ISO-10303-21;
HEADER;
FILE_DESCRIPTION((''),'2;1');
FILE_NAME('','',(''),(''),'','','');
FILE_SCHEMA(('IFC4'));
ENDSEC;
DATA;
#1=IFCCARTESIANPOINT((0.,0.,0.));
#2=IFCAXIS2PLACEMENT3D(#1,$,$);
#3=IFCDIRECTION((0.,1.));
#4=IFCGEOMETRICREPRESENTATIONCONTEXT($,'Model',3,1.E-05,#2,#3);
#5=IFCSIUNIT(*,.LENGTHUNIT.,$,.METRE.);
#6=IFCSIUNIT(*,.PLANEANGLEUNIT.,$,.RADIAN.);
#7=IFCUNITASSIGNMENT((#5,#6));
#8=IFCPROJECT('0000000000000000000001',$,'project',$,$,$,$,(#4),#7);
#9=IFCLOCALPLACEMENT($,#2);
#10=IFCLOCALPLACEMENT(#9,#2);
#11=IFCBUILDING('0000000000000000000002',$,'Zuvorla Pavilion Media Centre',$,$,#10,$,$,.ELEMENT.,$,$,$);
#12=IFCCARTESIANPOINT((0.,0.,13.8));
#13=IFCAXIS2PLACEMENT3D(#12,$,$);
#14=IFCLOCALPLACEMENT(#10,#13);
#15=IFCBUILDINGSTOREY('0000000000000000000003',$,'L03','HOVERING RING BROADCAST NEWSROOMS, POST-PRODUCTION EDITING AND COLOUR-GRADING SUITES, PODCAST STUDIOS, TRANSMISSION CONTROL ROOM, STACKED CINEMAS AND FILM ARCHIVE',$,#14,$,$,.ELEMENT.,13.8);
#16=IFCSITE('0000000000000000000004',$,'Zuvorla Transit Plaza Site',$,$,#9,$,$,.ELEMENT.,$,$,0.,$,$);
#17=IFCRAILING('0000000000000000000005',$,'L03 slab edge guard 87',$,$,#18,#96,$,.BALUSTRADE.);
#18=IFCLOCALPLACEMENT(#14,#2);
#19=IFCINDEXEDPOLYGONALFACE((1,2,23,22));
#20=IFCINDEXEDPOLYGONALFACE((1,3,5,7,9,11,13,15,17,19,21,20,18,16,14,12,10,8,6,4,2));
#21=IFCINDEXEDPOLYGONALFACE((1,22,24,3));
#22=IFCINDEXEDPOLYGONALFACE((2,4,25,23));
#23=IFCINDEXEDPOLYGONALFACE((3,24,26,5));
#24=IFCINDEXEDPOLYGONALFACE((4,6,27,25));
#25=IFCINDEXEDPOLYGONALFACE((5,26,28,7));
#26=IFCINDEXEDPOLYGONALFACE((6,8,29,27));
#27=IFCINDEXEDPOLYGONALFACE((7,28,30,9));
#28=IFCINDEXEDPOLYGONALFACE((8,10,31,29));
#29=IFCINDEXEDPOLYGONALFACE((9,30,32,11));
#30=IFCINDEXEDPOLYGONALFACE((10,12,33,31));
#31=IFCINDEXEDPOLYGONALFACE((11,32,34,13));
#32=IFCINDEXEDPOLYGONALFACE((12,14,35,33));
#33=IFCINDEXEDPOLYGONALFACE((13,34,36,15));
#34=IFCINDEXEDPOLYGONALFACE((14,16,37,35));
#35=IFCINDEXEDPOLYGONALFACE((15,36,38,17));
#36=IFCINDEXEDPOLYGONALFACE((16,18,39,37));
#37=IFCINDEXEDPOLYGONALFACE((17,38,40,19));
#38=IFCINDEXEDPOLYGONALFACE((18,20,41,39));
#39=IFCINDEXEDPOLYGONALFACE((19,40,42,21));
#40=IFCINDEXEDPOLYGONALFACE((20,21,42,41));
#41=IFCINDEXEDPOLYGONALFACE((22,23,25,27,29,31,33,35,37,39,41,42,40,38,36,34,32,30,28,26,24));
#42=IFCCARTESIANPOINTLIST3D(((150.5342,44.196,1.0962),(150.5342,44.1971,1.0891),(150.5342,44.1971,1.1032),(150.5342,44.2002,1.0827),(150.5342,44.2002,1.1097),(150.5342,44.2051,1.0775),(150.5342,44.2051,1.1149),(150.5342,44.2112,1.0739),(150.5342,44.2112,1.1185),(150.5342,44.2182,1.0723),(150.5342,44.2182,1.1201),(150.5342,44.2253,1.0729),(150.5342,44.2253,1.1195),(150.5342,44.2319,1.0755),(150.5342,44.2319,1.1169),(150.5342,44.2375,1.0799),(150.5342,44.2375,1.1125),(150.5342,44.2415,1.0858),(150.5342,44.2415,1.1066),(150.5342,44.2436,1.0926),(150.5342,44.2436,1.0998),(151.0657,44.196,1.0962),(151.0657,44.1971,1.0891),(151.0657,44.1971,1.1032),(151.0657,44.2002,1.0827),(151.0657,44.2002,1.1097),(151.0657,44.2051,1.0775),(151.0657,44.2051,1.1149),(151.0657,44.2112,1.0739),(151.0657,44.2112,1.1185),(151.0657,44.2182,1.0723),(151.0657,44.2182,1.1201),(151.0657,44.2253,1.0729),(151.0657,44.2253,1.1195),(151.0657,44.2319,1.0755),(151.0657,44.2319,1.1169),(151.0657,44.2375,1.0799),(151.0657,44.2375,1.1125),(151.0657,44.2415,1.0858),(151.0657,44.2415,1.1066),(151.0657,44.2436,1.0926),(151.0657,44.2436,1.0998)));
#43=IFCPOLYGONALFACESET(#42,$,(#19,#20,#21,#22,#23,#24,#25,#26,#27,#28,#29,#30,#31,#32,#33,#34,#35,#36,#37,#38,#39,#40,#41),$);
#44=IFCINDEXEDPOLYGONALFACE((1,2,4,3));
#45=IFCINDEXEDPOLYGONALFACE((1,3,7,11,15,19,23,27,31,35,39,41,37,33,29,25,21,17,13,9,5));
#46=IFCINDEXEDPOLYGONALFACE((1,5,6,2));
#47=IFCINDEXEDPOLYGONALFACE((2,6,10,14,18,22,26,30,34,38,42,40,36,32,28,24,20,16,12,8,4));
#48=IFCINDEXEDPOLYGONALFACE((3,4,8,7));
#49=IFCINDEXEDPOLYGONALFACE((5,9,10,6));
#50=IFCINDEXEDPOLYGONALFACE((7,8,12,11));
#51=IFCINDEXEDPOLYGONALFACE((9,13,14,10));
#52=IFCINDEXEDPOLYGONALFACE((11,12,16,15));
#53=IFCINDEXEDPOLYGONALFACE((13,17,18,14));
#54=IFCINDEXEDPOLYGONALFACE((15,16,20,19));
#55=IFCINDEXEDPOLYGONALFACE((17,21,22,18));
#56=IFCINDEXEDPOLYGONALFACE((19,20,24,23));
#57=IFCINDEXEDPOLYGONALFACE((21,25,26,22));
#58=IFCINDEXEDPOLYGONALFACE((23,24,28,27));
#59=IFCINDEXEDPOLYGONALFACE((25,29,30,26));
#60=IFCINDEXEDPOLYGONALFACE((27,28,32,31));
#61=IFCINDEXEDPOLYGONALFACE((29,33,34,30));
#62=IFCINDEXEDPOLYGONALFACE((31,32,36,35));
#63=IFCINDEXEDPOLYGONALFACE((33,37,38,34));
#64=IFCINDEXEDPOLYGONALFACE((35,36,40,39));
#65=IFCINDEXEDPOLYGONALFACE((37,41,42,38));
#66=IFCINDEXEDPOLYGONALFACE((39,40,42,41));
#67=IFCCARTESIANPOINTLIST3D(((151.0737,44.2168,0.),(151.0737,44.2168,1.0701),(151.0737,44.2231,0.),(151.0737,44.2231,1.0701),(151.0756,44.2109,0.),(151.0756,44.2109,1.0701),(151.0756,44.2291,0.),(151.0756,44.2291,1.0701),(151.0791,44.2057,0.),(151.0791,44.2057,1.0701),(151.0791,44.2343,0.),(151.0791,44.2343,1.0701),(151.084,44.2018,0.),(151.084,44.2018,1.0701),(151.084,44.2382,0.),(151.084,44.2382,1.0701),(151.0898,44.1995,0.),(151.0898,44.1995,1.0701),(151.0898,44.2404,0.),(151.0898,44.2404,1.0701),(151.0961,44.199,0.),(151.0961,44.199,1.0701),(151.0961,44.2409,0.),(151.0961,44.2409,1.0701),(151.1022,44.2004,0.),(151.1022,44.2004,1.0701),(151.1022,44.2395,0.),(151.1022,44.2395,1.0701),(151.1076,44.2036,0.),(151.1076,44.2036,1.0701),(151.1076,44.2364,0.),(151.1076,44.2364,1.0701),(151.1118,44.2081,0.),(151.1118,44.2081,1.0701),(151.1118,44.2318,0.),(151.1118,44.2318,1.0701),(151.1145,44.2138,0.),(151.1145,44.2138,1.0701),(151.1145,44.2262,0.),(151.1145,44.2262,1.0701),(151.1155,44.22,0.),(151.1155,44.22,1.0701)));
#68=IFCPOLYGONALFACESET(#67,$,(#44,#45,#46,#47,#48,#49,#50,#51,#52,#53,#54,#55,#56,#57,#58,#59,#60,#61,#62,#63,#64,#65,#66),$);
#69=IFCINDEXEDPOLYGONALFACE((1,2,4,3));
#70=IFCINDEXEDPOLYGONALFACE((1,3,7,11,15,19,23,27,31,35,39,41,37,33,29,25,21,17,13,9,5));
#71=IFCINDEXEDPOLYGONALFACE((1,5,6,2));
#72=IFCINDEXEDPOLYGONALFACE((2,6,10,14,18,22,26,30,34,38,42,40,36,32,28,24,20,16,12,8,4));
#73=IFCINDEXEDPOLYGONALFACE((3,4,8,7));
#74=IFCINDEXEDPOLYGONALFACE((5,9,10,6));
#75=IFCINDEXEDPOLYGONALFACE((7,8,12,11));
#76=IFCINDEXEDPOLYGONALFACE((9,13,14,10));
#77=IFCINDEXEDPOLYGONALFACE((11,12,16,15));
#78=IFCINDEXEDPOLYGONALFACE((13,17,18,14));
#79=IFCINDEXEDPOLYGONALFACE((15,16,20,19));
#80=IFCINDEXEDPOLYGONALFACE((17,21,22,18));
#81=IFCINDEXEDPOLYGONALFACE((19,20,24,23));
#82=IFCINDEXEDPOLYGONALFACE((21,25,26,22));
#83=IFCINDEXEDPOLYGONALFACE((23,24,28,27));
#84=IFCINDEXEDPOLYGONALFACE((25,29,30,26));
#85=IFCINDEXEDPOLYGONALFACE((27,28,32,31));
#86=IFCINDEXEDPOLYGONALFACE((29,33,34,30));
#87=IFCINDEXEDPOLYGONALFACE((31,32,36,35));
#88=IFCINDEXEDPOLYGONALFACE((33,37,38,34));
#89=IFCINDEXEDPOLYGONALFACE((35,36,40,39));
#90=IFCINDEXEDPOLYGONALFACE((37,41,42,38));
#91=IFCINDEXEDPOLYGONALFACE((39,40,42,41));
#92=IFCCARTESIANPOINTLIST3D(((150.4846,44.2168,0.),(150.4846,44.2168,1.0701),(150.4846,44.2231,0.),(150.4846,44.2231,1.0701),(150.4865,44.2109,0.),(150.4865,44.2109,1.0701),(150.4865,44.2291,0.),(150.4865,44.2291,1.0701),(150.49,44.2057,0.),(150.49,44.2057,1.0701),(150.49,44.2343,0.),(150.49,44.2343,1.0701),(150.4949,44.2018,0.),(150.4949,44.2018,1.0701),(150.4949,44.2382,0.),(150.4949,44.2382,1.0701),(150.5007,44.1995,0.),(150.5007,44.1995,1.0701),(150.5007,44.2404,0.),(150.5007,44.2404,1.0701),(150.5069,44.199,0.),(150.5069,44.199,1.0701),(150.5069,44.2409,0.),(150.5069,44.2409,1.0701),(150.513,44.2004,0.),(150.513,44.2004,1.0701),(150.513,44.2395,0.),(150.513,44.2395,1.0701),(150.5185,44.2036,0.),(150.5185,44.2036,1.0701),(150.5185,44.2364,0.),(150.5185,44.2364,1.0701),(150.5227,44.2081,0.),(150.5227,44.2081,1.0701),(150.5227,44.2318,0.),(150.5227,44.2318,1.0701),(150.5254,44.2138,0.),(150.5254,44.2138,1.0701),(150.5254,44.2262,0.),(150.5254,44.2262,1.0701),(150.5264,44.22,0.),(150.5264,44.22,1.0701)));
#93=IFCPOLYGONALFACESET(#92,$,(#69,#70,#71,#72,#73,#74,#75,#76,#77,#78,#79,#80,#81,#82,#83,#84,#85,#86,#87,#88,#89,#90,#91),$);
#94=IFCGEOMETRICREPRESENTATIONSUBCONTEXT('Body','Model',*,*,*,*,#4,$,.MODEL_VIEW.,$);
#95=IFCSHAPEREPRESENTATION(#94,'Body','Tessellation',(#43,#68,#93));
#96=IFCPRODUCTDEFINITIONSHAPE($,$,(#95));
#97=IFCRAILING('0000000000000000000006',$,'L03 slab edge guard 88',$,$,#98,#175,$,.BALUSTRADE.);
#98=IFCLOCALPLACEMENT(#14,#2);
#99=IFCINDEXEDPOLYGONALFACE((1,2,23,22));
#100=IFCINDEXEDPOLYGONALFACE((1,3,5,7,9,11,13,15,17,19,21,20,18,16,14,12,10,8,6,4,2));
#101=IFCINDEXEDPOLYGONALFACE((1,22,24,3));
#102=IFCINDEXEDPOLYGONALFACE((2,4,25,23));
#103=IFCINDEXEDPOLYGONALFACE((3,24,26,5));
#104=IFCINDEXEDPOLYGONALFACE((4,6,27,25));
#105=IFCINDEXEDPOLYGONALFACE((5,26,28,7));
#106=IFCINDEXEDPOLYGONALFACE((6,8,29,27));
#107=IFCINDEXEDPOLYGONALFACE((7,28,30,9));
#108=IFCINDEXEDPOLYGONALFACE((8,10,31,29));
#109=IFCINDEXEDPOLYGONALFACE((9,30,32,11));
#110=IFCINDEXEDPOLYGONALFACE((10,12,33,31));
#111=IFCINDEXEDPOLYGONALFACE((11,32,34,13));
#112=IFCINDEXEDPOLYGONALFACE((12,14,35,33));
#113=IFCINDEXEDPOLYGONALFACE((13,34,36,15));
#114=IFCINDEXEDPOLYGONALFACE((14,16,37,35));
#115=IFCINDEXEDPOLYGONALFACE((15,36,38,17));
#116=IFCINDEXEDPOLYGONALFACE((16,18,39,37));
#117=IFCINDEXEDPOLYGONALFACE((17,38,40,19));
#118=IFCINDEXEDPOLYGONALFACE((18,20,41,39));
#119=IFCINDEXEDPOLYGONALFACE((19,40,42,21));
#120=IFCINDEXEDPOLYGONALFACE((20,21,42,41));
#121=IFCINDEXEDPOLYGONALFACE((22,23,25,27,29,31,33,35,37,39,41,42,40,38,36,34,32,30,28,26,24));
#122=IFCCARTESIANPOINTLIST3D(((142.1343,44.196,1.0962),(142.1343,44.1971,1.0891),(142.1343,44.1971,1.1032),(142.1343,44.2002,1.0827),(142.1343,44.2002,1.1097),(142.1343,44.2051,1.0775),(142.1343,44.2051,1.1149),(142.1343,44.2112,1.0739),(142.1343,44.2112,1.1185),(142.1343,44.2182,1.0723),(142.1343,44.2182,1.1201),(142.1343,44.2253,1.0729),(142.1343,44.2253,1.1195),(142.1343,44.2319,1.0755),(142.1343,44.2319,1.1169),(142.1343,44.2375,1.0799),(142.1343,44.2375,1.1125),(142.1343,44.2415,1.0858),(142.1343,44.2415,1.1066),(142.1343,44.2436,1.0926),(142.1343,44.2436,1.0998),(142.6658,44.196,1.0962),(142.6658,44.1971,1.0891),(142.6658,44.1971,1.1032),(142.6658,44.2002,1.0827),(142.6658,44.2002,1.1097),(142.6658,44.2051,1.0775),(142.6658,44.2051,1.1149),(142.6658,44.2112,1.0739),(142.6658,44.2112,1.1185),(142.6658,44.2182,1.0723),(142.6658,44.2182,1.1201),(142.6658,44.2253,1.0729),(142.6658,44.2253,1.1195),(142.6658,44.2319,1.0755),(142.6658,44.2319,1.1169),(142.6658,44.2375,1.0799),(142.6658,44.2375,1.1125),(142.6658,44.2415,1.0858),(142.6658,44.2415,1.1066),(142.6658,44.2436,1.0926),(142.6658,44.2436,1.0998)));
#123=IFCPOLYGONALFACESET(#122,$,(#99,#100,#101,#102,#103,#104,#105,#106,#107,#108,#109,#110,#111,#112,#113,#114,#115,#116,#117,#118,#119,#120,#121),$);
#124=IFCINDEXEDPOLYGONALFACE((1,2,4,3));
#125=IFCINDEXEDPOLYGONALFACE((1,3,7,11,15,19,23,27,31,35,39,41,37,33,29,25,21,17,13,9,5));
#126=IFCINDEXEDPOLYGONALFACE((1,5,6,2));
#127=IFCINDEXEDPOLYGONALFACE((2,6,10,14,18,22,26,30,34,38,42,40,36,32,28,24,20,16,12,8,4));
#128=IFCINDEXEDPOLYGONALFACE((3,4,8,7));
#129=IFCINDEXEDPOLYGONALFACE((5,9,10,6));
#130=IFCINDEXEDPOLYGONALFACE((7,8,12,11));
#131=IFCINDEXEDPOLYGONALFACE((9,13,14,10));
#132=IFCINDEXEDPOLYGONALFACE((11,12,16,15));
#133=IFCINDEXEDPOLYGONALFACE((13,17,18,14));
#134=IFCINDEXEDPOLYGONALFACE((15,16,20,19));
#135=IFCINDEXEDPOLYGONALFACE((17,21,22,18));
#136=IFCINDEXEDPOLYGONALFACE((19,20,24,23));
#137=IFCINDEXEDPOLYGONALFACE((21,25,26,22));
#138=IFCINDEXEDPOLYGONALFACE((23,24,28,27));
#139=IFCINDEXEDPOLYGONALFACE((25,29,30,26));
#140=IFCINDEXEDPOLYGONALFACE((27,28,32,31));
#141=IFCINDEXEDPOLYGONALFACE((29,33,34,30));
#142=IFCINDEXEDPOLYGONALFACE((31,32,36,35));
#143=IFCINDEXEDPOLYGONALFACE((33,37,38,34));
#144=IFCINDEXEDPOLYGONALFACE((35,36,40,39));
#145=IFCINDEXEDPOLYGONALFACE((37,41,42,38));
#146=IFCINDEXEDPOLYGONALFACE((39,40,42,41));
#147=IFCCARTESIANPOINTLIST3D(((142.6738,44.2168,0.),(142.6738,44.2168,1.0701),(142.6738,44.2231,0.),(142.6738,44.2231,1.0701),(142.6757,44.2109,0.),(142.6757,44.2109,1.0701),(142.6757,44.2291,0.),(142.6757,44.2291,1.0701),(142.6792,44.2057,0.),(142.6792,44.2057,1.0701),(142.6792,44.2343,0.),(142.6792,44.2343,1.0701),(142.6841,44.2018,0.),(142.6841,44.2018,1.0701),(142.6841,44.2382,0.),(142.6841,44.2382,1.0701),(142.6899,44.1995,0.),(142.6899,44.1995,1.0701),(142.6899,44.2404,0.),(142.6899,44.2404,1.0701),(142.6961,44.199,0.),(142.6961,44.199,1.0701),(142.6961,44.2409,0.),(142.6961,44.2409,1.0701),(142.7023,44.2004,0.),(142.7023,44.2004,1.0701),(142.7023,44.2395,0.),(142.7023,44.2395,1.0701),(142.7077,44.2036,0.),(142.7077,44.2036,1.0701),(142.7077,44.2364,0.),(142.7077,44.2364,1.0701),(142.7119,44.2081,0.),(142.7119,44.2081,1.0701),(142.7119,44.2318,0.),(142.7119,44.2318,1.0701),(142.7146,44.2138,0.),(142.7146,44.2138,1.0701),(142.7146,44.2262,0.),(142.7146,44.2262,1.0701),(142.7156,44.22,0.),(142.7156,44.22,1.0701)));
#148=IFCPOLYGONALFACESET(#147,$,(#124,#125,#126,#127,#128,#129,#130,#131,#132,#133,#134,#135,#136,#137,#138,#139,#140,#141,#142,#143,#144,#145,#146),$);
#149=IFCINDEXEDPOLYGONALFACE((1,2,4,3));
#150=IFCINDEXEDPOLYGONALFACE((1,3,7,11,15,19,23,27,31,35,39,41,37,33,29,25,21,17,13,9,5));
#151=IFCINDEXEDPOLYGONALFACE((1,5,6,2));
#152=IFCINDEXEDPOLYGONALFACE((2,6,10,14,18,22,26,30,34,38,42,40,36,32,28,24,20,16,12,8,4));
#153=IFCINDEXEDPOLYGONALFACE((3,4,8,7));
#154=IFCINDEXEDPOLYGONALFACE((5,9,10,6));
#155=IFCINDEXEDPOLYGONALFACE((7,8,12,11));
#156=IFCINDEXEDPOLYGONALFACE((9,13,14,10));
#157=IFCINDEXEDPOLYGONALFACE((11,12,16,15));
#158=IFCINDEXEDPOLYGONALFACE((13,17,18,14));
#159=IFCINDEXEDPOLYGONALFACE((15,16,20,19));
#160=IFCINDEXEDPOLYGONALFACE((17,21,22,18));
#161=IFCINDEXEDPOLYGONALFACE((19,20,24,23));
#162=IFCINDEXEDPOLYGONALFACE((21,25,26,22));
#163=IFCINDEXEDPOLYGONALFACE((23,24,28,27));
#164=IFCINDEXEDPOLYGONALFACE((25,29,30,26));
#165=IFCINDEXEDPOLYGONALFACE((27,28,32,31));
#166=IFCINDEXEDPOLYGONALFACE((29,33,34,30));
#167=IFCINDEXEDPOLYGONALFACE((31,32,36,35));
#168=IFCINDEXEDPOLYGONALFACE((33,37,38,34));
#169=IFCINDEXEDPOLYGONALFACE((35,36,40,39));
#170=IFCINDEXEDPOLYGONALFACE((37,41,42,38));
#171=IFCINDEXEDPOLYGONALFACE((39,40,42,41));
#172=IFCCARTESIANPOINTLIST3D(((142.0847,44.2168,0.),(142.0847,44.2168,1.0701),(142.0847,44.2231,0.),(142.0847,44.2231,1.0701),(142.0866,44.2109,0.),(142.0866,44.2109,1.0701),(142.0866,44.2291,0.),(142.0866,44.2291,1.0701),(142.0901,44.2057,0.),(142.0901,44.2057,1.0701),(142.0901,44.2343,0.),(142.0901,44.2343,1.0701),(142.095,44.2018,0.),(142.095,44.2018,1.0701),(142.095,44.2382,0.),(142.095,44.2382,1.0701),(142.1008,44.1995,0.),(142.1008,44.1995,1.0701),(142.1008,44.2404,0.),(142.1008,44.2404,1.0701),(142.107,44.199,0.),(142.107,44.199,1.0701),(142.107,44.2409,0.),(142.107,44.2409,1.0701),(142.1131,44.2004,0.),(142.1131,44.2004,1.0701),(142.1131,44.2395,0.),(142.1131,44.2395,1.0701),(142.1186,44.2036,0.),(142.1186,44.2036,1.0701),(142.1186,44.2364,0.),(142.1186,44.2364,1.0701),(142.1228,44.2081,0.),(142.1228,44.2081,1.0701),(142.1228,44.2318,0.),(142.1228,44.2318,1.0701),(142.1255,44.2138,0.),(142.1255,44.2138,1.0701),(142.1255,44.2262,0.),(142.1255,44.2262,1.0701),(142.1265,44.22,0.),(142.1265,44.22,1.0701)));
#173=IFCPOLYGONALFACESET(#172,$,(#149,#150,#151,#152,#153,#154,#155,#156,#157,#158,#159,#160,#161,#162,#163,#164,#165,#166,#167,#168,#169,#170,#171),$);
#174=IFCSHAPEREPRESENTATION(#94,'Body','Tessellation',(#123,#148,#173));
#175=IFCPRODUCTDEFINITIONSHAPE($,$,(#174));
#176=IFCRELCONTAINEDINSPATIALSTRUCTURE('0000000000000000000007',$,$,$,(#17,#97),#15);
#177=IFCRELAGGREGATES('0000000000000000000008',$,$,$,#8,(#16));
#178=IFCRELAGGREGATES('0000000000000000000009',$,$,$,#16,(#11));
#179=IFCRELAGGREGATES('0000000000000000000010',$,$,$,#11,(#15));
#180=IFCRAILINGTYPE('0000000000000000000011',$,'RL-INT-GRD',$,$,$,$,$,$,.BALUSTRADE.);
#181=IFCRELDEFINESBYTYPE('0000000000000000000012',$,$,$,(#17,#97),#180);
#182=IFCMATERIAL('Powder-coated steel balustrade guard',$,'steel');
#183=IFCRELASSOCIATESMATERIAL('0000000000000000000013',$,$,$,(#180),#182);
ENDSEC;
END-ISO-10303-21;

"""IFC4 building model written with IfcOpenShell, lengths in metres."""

from ifc_helpers import new_model, si_unit, direction, frame, origin, origin_2d, place, context, subcontext, project, spatial, circle, extrude, material, type_object, element, save


model = new_model("IFC4")

# Units and contexts
model_context = context("Model", 3, precision=1e-05, world=origin(), true_north=direction((0.0, 1.0)))
body_context = subcontext(model_context, "Body", "Model", "MODEL_VIEW")
ifc_project = project(units=[si_unit("LENGTHUNIT", "METRE"), si_unit("PLANEANGLEUNIT", "RADIAN")], contexts=[model_context])

# Site, building, storey
site_placement = place(None, origin())
site = spatial("IfcSite", under=ifc_project, at=site_placement, Name="Zuvorla Transit Plaza Site", CompositionType="ELEMENT", RefElevation=0.0)
building_placement = place(site_placement, origin())
building = spatial("IfcBuilding", under=site, at=building_placement, Name="Zuvorla Pavilion Media Centre", CompositionType="ELEMENT")
storey_placement = place(building_placement, frame((0.0, 0.0, 13.8)))
storey = spatial("IfcBuildingStorey", under=building, at=storey_placement, Name="L03", Description="HOVERING RING BROADCAST NEWSROOMS, POST-PRODUCTION EDITING AND COLOUR-GRADING SUITES, PODCAST STUDIOS, TRANSMISSION CONTROL ROOM, STACKED CINEMAS AND FILM ARCHIVE", CompositionType="ELEMENT", Elevation=13.8)

# Railings
ifc_material_1 = material(Name="Powder-coated steel balustrade guard", Category="steel")
railing_type = type_object("IfcRailingType", Name="RL-INT-GRD", PredefinedType="BALUSTRADE", material=ifc_material_1)
for number, where, name in (
    (1, (151.0945, 44.22, 0.0), "L03 slab edge guard 87"),
    (2, (142.6946, 44.22, 0.0), "L03 slab edge guard 88"),
):
    element("IfcRailing", number, at=place(storey_placement, frame(where)), inside=storey, type_object=railing_type, Name=name, PredefinedType="BALUSTRADE", context=body_context, shape_type="SweptSolid", body=[
        extrude(circle(Radius=0.0239, at=origin_2d()), frame((-0.0288, 0.0, 1.0962), z_axis=(-1.0, 0.0, 0.0), x_axis=(0.0, -1.0, 0.0)), (0.0, 0.0, 1.0), 0.5315),
        extrude(circle(Radius=0.021, at=origin_2d()), origin(), (0.0, 0.0, 1.0), 1.0701),
        extrude(circle(Radius=0.021, at=origin_2d()), frame((-0.5891, 0.0, 0.0)), (0.0, 0.0, 1.0), 1.0701),
    ])

save(model, "model.ifc")
